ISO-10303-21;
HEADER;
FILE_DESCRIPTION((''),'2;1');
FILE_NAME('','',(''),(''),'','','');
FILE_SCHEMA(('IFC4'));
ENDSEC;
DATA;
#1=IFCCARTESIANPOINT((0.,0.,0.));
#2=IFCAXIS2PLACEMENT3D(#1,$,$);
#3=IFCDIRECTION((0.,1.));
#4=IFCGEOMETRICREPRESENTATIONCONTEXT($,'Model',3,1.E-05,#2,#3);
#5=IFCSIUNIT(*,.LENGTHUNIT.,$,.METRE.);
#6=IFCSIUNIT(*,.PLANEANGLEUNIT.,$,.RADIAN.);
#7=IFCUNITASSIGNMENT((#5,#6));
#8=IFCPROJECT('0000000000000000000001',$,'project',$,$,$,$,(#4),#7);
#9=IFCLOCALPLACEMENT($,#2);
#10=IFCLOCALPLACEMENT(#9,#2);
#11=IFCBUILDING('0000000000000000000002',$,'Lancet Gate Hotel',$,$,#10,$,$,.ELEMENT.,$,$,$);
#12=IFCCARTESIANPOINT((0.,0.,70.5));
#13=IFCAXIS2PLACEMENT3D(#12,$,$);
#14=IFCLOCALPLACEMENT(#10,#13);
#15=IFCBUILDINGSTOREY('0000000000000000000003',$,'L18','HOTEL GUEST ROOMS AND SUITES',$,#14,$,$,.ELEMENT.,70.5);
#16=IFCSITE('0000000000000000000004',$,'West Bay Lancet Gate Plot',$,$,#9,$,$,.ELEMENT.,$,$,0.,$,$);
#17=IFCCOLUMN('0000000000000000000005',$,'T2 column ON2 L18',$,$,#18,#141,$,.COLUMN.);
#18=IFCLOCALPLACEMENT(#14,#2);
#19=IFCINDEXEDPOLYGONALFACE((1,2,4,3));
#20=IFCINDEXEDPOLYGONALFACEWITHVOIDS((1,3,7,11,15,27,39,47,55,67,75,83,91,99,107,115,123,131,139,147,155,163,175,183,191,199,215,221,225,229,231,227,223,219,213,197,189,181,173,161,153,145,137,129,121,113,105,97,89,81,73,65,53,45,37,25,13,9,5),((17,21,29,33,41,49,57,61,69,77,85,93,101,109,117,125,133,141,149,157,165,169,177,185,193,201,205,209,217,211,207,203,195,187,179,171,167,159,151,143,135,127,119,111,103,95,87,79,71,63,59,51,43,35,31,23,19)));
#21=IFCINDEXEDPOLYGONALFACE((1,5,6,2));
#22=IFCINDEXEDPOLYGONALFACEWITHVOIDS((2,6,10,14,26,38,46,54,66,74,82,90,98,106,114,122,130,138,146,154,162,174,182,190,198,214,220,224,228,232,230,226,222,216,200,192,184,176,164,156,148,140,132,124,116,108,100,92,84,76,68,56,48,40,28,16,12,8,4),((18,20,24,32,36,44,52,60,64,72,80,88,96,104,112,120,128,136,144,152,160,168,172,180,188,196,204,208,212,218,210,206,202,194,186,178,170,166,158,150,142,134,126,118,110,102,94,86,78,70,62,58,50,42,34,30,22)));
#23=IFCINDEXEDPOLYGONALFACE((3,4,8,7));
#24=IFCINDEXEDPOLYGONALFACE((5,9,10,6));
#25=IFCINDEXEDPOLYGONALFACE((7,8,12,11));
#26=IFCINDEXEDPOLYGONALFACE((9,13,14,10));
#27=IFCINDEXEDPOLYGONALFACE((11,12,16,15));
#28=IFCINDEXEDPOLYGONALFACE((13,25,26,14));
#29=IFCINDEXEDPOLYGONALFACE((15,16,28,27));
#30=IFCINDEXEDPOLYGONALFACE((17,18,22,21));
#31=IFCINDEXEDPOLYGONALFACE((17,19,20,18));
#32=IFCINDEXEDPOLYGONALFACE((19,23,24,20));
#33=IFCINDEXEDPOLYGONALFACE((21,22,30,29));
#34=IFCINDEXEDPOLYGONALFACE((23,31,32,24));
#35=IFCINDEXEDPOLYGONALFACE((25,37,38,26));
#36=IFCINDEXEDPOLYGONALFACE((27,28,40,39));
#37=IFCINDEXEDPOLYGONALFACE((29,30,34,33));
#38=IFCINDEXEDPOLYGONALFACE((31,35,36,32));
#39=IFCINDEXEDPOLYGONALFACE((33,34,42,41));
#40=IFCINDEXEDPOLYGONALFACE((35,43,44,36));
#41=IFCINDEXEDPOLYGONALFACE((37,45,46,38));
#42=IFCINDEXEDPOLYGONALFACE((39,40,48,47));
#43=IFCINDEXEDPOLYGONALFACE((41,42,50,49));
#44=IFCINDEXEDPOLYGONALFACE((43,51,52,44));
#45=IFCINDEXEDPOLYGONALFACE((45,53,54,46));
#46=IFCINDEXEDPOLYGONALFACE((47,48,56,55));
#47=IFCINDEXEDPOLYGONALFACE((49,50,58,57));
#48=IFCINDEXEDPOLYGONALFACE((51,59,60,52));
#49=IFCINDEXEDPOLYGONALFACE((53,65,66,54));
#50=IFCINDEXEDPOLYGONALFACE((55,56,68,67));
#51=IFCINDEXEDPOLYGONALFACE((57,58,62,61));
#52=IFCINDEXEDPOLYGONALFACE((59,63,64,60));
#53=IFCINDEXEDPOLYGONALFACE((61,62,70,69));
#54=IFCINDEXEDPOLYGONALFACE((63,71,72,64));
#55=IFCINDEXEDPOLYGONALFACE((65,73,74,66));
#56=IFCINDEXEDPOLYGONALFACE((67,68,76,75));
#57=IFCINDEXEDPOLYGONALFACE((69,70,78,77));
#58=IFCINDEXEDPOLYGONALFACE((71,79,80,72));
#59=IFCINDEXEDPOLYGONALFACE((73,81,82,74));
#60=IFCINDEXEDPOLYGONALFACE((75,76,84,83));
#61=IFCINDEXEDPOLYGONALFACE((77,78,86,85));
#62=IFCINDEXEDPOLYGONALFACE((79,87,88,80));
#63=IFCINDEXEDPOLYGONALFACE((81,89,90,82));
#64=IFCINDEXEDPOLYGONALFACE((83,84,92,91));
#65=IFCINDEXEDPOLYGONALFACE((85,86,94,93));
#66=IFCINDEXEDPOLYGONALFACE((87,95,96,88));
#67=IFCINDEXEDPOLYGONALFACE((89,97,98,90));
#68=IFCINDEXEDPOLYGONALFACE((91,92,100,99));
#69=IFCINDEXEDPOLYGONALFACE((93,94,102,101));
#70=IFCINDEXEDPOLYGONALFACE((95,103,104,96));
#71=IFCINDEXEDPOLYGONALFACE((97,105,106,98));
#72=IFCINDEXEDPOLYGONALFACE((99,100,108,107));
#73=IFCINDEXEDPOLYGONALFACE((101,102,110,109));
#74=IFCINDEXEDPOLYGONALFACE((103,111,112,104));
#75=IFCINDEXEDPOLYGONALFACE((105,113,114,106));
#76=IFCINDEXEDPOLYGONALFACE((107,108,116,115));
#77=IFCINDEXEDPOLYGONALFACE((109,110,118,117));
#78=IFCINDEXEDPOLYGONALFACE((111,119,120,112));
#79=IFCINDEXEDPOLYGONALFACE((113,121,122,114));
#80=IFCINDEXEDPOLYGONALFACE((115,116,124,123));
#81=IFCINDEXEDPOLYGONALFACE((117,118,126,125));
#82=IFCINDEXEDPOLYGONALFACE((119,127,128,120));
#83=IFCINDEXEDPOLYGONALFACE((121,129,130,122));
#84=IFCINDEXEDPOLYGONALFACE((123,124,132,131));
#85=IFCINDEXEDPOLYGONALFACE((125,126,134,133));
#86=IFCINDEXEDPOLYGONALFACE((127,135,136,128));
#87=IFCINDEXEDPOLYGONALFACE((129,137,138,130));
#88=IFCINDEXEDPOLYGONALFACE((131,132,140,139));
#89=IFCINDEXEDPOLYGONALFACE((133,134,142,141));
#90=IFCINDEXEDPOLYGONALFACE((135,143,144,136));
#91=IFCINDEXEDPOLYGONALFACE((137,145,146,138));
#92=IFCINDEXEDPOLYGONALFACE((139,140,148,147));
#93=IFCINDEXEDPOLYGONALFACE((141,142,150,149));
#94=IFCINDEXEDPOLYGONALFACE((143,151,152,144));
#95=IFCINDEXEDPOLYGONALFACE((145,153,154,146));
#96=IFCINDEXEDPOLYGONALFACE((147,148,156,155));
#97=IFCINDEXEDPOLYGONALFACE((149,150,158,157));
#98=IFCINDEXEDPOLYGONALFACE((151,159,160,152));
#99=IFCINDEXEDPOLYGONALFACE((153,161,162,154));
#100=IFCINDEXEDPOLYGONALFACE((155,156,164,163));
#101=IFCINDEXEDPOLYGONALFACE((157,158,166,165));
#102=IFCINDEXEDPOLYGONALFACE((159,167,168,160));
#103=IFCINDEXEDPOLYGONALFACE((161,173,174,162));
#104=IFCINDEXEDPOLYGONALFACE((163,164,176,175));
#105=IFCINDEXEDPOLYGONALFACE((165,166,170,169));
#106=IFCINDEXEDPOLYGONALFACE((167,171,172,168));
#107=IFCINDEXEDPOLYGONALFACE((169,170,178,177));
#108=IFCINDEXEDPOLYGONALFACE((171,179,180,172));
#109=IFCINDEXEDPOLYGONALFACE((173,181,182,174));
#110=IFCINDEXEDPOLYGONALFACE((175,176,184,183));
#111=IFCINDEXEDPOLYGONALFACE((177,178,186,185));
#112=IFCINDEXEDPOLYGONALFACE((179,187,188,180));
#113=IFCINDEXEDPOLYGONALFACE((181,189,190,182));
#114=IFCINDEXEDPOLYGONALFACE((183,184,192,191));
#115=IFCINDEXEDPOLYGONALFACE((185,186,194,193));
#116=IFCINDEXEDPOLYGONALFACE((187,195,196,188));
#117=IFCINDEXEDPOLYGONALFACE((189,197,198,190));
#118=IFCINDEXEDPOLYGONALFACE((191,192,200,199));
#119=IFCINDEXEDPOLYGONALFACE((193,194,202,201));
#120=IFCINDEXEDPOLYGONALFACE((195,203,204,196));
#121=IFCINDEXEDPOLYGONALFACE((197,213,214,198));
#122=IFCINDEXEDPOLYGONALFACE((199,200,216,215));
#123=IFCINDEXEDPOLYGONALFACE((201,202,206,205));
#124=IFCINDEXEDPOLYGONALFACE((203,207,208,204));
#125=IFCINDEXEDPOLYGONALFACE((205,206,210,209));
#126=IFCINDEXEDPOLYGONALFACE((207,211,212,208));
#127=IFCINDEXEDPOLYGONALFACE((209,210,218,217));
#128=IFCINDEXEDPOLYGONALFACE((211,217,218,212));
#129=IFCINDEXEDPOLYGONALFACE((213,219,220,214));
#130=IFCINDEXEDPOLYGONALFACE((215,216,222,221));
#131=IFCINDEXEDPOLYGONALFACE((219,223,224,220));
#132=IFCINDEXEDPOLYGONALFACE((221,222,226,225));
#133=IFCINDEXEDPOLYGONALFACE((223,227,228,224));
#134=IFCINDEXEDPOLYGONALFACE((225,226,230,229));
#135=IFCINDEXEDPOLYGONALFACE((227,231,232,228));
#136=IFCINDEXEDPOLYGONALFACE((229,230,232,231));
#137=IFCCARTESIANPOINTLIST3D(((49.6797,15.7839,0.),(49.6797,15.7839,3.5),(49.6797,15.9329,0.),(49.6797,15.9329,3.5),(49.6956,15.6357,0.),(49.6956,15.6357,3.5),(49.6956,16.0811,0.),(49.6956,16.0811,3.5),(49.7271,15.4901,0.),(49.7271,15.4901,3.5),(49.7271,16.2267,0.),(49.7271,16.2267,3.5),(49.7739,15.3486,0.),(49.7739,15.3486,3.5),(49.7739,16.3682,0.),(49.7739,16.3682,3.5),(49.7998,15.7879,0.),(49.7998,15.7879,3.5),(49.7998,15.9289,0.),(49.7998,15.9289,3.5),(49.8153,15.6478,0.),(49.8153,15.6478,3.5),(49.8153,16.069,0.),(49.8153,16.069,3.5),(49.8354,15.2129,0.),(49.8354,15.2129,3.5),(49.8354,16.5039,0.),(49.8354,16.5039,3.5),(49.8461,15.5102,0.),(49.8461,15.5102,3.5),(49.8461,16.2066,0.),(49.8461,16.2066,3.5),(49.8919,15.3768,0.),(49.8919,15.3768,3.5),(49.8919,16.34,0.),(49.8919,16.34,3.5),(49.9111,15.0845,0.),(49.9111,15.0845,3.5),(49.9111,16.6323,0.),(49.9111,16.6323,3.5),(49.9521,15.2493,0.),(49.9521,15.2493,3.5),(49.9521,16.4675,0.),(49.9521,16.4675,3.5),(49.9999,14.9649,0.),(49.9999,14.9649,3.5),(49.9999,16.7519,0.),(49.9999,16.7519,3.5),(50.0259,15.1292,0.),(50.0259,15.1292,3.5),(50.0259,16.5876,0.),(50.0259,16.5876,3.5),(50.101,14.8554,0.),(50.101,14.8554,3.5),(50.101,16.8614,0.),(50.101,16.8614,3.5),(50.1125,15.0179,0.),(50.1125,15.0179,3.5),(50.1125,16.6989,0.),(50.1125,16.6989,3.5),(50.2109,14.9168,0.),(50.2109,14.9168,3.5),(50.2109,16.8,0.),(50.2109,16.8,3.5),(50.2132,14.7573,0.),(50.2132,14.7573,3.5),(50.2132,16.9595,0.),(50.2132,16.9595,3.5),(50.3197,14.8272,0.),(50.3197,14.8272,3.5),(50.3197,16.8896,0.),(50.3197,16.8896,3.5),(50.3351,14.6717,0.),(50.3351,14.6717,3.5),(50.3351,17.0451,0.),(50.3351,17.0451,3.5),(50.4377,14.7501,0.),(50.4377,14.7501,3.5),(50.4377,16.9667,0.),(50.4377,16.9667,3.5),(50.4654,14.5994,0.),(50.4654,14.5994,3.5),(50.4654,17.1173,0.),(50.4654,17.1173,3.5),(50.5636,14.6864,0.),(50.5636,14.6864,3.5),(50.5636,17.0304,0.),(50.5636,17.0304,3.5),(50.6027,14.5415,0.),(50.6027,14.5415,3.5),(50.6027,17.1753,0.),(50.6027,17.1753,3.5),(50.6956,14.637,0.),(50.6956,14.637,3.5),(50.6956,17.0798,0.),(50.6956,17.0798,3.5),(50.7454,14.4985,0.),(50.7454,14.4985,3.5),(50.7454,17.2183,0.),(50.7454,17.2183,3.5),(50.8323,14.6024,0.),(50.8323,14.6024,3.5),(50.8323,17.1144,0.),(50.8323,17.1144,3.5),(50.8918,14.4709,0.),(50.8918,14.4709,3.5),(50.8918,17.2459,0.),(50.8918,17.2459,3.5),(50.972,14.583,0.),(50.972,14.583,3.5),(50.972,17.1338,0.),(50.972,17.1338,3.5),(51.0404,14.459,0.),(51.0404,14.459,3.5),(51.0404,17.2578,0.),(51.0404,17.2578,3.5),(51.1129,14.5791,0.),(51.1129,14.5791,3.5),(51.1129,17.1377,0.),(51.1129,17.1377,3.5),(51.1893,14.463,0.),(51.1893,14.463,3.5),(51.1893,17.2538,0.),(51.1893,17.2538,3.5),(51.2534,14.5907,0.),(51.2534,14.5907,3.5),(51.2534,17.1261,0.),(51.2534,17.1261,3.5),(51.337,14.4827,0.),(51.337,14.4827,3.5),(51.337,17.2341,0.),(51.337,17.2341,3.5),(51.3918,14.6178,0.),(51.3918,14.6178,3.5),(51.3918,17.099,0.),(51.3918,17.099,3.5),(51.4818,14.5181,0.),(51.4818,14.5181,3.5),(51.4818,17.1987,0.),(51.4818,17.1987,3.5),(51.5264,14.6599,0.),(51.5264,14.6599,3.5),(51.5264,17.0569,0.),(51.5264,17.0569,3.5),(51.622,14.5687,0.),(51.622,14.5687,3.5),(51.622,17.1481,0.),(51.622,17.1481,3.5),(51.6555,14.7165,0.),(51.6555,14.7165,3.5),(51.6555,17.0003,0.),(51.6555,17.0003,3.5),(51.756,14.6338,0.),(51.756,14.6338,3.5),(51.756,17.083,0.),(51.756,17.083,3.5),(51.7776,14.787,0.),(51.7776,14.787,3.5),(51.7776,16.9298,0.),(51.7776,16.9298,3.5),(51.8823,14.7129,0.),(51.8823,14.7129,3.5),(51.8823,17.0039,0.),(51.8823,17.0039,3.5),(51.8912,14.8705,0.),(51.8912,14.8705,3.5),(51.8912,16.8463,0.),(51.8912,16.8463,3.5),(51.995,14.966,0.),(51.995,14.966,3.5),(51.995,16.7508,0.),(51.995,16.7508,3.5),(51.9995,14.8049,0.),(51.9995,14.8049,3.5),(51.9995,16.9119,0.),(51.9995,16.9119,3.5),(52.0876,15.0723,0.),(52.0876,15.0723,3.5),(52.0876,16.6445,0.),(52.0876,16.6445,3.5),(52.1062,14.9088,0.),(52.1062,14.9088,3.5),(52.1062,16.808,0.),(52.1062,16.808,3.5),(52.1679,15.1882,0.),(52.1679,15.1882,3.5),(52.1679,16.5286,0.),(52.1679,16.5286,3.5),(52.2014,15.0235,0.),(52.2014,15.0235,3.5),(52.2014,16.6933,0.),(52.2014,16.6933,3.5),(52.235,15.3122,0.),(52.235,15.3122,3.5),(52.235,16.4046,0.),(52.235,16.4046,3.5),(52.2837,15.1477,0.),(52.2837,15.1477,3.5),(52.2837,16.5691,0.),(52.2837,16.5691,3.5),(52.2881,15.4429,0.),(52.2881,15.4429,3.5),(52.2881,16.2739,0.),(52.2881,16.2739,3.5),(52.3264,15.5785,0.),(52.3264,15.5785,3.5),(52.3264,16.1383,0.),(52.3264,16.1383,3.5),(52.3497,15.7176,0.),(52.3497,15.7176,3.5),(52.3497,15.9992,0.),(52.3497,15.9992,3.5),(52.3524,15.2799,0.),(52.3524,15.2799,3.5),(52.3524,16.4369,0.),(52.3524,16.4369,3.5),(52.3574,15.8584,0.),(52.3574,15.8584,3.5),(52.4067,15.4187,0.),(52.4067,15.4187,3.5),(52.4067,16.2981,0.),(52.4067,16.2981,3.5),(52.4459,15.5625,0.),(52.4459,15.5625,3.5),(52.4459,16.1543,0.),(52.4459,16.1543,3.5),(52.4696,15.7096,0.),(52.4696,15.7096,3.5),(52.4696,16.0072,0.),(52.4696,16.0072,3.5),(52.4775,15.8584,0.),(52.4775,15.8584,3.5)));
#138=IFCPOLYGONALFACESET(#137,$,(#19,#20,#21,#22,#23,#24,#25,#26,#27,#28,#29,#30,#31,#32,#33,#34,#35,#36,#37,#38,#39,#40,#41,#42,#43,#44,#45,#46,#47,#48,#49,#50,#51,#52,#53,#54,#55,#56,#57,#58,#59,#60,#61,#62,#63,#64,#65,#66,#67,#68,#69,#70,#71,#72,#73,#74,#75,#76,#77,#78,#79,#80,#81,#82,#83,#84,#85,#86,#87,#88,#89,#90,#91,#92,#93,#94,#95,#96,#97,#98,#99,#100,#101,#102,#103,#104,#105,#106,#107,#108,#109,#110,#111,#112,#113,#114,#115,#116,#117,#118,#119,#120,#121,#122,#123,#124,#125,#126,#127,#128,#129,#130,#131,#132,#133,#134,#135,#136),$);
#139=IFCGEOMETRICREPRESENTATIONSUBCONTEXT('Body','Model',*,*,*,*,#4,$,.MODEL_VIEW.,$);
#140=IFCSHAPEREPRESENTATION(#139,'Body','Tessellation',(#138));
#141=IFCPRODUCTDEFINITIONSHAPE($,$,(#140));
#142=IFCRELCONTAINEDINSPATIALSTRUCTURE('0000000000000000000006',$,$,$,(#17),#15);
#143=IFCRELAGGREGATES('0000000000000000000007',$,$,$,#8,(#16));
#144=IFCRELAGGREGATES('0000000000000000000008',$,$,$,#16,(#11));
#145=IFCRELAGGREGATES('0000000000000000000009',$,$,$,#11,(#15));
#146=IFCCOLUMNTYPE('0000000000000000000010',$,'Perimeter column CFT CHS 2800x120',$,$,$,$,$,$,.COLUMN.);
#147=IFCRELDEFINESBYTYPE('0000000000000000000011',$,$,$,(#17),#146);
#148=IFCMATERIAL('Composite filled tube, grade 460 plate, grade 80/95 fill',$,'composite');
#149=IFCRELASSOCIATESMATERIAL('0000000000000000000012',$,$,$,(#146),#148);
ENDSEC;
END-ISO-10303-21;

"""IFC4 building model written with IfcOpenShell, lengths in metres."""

from ifc_helpers import new_model, si_unit, direction, frame, origin, origin_2d, place, context, subcontext, project, spatial, hollow_circle, extrude, material, material_profile, profile_set, type_object, element, save


model = new_model("IFC4")

# Units and contexts
model_context = context("Model", 3, precision=1e-05, world=origin(), true_north=direction((0.0, 1.0)))
body_context = subcontext(model_context, "Body", "Model", "MODEL_VIEW")
ifc_project = project(units=[si_unit("LENGTHUNIT", "METRE"), si_unit("PLANEANGLEUNIT", "RADIAN")], contexts=[model_context])

# Site, building, storey
site_placement = place(None, origin())
site = spatial("IfcSite", under=ifc_project, at=site_placement, Name="West Bay Lancet Gate Plot", CompositionType="ELEMENT", RefElevation=0.0)
building_placement = place(site_placement, origin())
building = spatial("IfcBuilding", under=site, at=building_placement, Name="Lancet Gate Hotel", CompositionType="ELEMENT")
storey_placement = place(building_placement, frame((0.0, 0.0, 70.5)))
storey = spatial("IfcBuildingStorey", under=building, at=storey_placement, Name="L18", Description="HOTEL GUEST ROOMS AND SUITES", CompositionType="ELEMENT", Elevation=70.5)

# Column
ifc_material_1 = material(Name="Composite filled tube, grade 460 plate, grade 80/95 fill", Category="composite")
ifc_material_profile_1 = material_profile(ifc_material_1, hollow_circle(Radius=1.3999, WallThickness=0.1201, at=origin_2d()), Name="CHS 2800x120")
ifc_profile_set_1 = profile_set([ifc_material_profile_1], Name="Composite filled tube, grade 460 plate, grade 80/95 fill")
column_type = type_object("IfcColumnType", Name="Perimeter column CFT CHS 2800x120", PredefinedType="COLUMN", material=ifc_profile_set_1)
for number, where, z_axis, x_axis, name in (
    (1, (51.0776, 15.8584, 0.0), (0.0, 0.0, 1.0), (1.0, 0.0, 0.0), "T2 column ON2 L18"),
):
    element("IfcColumn", number, at=place(storey_placement, frame(where, z_axis=z_axis, x_axis=x_axis)), inside=storey, type_object=column_type, Name=name, PredefinedType="COLUMN", context=body_context, shape_type="SweptSolid", body=[
        extrude(hollow_circle(Radius=1.3999, WallThickness=0.1201, at=origin_2d()), origin(), (0.0, 0.0, 1.0), 3.5),
    ])

save(model, "model.ifc")
